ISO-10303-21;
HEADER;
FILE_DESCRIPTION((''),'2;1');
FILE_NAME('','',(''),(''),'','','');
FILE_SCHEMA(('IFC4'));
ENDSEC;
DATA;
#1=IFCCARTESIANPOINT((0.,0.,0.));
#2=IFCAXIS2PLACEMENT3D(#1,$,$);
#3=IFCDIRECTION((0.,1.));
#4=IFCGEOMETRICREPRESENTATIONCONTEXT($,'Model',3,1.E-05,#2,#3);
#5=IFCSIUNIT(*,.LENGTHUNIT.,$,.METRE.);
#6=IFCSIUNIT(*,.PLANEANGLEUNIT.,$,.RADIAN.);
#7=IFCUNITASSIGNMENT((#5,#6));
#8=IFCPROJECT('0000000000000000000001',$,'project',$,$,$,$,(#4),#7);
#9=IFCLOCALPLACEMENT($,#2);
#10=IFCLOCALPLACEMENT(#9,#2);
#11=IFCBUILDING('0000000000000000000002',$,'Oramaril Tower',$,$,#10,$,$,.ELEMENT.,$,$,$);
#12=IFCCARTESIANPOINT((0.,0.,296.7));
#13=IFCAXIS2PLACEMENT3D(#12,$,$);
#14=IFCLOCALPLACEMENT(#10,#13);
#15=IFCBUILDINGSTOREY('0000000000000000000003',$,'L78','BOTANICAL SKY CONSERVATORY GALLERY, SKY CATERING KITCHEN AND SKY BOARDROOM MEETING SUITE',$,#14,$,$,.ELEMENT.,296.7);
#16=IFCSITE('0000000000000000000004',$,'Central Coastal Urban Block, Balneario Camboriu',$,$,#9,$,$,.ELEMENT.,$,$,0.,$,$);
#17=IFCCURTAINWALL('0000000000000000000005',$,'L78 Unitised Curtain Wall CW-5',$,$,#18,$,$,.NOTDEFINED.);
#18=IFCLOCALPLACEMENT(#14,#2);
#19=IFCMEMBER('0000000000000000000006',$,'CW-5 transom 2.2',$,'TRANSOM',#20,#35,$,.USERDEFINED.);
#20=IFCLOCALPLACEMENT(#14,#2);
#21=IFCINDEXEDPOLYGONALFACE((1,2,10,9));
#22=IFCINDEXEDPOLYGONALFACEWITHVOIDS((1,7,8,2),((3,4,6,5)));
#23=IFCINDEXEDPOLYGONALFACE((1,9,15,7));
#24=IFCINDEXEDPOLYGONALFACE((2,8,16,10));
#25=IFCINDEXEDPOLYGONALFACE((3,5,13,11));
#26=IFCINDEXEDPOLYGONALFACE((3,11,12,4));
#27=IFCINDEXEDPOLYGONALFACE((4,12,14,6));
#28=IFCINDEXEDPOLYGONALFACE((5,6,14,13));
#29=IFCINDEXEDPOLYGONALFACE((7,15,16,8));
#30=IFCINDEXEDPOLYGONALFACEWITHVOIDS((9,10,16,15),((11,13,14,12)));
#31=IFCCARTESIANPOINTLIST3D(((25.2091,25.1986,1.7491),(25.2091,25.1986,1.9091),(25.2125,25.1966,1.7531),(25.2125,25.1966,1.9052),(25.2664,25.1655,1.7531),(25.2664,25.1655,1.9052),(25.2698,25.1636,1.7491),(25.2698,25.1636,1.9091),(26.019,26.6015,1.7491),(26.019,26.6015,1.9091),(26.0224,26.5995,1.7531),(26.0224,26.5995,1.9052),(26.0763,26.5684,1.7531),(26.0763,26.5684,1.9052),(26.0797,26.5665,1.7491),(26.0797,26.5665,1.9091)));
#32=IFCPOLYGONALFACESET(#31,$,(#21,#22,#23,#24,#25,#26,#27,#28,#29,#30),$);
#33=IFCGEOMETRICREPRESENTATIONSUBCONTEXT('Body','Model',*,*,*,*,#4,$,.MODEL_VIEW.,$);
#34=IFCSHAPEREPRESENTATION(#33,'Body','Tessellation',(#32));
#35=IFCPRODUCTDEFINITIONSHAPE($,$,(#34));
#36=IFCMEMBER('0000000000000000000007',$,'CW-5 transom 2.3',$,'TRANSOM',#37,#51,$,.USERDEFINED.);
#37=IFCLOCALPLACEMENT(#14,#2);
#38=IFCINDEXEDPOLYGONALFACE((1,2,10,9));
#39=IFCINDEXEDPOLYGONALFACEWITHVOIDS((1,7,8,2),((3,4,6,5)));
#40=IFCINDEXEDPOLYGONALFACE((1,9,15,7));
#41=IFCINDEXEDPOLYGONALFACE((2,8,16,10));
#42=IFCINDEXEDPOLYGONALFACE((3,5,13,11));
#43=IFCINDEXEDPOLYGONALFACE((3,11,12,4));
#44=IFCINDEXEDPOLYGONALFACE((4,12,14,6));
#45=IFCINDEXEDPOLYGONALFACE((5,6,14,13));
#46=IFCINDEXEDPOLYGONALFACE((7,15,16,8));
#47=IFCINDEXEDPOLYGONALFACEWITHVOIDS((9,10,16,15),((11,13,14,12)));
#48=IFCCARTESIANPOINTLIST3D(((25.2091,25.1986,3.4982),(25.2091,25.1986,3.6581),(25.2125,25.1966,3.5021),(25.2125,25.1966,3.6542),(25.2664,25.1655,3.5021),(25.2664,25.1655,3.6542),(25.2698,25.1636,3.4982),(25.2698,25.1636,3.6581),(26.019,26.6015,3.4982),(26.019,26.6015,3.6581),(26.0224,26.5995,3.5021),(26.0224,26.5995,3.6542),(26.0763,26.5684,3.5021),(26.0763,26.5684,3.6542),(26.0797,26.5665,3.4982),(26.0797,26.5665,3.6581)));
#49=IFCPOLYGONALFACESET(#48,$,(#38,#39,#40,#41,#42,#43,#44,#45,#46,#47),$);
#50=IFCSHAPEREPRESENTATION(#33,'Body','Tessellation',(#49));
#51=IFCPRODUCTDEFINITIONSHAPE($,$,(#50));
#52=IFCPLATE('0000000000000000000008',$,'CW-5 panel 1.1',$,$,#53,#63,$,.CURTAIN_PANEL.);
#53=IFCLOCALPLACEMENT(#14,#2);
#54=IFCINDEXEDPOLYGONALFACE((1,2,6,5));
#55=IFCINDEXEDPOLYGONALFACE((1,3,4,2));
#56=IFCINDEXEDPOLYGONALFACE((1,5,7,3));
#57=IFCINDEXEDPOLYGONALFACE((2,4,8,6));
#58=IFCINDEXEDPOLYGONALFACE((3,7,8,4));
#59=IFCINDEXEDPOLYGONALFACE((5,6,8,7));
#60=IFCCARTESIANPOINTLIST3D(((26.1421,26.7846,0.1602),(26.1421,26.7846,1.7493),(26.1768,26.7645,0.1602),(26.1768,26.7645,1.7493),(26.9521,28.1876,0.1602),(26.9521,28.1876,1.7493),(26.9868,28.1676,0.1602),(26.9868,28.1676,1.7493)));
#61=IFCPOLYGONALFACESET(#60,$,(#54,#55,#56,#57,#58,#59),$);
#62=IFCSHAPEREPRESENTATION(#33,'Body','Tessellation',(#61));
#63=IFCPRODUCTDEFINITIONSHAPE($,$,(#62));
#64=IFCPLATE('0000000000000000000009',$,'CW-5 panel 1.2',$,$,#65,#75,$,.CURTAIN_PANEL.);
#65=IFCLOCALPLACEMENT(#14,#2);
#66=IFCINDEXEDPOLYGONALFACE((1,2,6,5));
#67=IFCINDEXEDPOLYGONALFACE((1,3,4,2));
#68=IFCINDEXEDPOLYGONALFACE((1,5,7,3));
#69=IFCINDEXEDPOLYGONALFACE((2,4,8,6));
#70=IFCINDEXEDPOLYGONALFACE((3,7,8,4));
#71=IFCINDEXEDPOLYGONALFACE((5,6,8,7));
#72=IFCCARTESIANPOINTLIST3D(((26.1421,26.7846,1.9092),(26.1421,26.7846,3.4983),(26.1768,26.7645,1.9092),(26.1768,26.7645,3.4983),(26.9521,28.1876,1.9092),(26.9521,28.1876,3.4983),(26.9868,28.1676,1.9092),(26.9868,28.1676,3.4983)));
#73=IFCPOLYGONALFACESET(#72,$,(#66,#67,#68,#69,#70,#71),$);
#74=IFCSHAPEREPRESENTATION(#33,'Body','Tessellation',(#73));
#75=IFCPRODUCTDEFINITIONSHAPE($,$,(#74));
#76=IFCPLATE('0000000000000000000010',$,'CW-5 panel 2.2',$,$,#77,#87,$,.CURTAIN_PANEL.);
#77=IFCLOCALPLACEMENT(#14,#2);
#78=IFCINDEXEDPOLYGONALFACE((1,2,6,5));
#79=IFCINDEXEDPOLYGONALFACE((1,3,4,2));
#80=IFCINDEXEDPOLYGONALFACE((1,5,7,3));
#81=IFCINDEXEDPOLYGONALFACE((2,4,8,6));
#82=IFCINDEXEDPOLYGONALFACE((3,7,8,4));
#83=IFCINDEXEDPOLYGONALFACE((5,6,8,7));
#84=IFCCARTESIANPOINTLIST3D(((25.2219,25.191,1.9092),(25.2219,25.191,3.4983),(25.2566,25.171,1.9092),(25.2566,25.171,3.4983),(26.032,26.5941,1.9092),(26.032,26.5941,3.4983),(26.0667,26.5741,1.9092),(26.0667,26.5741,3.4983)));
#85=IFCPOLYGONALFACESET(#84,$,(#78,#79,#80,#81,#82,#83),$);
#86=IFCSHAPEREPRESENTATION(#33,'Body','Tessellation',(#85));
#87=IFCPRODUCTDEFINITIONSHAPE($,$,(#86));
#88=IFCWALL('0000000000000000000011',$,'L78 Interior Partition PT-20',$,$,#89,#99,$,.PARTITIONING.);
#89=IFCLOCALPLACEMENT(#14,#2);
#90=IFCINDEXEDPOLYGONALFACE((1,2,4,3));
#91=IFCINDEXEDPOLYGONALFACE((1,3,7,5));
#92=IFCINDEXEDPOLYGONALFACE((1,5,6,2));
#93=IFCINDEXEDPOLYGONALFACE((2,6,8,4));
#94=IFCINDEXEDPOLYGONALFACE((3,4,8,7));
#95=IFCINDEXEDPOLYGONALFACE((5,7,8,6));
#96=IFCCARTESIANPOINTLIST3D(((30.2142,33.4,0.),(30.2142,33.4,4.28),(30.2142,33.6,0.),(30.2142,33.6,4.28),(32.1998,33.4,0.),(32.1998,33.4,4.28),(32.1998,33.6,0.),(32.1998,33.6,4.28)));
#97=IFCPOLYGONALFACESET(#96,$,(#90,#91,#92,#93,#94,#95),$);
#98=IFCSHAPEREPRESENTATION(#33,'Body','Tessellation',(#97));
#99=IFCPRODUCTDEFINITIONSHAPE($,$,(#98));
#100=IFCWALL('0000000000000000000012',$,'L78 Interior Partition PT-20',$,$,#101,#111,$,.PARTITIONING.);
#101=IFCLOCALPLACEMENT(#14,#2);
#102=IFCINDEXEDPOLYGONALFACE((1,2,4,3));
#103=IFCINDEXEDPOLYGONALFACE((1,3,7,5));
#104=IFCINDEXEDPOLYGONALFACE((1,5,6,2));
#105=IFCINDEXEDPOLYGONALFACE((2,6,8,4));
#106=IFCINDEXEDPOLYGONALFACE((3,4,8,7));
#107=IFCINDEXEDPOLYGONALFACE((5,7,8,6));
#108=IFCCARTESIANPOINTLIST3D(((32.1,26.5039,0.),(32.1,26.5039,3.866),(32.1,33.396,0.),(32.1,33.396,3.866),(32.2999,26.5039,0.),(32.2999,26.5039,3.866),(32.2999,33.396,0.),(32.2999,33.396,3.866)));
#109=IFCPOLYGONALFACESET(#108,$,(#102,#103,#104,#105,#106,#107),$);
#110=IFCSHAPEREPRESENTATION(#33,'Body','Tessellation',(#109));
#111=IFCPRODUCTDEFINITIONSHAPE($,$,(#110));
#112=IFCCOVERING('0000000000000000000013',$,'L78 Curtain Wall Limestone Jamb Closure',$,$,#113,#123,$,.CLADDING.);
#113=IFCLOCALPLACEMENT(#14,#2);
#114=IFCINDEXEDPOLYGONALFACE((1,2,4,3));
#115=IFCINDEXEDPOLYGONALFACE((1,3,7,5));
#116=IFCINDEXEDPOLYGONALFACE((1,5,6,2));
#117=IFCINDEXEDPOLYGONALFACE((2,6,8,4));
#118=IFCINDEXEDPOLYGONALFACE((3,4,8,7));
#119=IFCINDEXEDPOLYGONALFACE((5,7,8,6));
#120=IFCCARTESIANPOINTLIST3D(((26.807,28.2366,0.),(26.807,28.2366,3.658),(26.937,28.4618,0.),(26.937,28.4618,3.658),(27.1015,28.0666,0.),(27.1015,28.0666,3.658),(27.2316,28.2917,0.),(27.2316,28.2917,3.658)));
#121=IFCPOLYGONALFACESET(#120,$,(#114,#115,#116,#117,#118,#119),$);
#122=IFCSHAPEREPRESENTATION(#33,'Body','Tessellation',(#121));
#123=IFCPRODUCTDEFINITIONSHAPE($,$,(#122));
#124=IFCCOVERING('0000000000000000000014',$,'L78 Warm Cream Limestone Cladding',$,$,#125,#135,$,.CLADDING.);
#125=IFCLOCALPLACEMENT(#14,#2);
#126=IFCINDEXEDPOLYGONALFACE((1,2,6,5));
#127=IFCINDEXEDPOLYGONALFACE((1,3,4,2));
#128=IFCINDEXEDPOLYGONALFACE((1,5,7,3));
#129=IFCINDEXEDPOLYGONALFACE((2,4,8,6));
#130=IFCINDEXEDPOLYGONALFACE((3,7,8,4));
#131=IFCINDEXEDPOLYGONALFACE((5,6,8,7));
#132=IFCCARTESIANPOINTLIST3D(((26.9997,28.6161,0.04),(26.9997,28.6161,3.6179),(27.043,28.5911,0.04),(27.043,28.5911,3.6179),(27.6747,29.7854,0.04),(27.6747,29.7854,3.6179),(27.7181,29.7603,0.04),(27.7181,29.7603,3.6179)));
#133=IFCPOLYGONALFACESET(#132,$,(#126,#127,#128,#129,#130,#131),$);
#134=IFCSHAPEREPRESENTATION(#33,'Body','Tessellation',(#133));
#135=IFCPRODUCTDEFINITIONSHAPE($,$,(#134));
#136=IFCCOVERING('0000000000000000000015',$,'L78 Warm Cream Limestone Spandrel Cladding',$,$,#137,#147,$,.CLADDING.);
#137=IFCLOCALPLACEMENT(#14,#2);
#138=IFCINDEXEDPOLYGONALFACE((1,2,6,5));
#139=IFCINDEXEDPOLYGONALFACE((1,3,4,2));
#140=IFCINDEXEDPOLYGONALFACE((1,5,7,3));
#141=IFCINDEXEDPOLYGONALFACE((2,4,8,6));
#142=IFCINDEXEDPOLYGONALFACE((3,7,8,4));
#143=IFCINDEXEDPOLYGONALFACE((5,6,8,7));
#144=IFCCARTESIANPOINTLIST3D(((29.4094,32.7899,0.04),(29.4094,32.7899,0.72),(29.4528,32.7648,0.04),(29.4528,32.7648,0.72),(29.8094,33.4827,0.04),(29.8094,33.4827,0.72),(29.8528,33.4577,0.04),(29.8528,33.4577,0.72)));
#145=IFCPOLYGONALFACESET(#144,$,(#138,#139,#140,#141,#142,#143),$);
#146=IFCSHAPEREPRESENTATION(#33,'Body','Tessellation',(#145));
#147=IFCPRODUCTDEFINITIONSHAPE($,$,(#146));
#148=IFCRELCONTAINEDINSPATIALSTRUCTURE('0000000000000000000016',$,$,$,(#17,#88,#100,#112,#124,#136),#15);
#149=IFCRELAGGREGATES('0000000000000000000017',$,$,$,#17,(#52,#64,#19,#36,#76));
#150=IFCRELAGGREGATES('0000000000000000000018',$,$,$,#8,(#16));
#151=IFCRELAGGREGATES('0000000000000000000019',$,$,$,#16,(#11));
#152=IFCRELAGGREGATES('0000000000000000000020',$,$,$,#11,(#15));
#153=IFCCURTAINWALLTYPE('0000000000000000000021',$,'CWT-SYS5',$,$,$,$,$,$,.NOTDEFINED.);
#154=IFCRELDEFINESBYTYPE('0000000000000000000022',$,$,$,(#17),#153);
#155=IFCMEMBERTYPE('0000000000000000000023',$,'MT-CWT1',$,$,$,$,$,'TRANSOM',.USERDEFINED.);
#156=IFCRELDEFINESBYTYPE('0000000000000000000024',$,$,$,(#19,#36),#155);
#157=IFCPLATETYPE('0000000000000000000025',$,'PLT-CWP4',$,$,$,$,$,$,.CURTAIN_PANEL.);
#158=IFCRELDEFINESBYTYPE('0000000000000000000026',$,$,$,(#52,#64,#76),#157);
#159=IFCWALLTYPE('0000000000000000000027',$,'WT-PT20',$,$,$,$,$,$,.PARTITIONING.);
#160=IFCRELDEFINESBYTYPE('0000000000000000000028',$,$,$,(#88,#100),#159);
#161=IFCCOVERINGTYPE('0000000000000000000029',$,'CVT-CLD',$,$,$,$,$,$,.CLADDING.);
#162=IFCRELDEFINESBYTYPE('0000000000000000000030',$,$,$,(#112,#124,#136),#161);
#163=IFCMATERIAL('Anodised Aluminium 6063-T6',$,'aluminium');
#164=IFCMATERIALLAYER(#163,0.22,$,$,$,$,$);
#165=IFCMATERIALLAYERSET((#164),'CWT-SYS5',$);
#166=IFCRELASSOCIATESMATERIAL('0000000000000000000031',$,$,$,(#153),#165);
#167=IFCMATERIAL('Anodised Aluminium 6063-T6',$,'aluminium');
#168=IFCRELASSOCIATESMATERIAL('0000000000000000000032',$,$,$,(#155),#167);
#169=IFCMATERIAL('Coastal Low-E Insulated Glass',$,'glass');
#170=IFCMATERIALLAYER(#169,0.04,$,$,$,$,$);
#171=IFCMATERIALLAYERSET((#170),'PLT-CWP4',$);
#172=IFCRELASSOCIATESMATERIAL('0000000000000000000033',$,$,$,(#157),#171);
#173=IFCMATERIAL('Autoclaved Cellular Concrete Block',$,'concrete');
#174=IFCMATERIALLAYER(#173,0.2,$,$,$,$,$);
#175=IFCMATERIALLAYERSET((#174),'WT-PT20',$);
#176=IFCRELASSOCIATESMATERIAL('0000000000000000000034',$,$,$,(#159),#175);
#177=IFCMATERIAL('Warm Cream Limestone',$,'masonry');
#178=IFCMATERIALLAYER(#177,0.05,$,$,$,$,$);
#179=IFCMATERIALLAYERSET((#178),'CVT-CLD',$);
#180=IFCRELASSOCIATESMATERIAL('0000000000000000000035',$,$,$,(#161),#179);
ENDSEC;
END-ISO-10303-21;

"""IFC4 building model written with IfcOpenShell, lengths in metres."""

from ifc_helpers import new_model, si_unit, direction, frame, frame_2d, origin, origin_2d, place, context, subcontext, project, spatial, rectangle, hollow_rectangle, extrude, material, layer, layer_set, material_profile, profile_set, type_object, element, aggregate, save


model = new_model("IFC4")

# Units and contexts
model_context = context("Model", 3, precision=1e-05, world=origin(), true_north=direction((0.0, 1.0)))
body_context = subcontext(model_context, "Body", "Model", "MODEL_VIEW")
ifc_project = project(units=[si_unit("LENGTHUNIT", "METRE"), si_unit("PLANEANGLEUNIT", "RADIAN")], contexts=[model_context])

# Site, building, storey
site_placement = place(None, origin())
site = spatial("IfcSite", under=ifc_project, at=site_placement, Name="Central Coastal Urban Block, Balneario Camboriu", CompositionType="ELEMENT", RefElevation=0.0)
building_placement = place(site_placement, origin())
building = spatial("IfcBuilding", under=site, at=building_placement, Name="Oramaril Tower", CompositionType="ELEMENT")
storey_placement = place(building_placement, frame((0.0, 0.0, 296.7)))
storey = spatial("IfcBuildingStorey", under=building, at=storey_placement, Name="L78", Description="BOTANICAL SKY CONSERVATORY GALLERY, SKY CATERING KITCHEN AND SKY BOARDROOM MEETING SUITE", CompositionType="ELEMENT", Elevation=296.7)

# Curtain wall, members, plates
ifc_material_1 = material(Name="Anodised Aluminium 6063-T6", Category="aluminium")
ifc_layer_1 = layer(ifc_material_1, 0.22)
ifc_layer_set_1 = layer_set([ifc_layer_1], Name="CWT-SYS5")
curtain_wall_type = type_object("IfcCurtainWallType", Name="CWT-SYS5", PredefinedType="NOTDEFINED", material=ifc_layer_set_1)
curtain_wall_placement = place(storey_placement, origin())
curtain_wall = element("IfcCurtainWall", 1, at=curtain_wall_placement, inside=storey, type_object=curtain_wall_type, Name="L78 Unitised Curtain Wall CW-5", PredefinedType="NOTDEFINED")
ifc_material_2 = material(Name="Anodised Aluminium 6063-T6", Category="aluminium")
ifc_material_profile_1 = material_profile(ifc_material_2, hollow_rectangle(XDim=0.0701, YDim=0.1599, WallThickness=0.0039, at=origin_2d()), Name="CWT160X70")
ifc_profile_set_1 = profile_set([ifc_material_profile_1], Name="Anodised Aluminium 6063-T6")
member_type_1 = type_object("IfcMemberType", Name="MT-CWT1", ElementType="TRANSOM", PredefinedType="USERDEFINED", material=ifc_profile_set_1)
member_1_placement = place(storey_placement, frame((26.0493, 26.584, 1.8291), z_axis=(-0.499949, -0.866055, 0.0), x_axis=(0.866055, -0.499949, 0.0)))
member_1 = element("IfcMember", 2, at=member_1_placement, type_object=member_type_1, Name="CW-5 transom 2.2", ObjectType="TRANSOM", PredefinedType="USERDEFINED", context=body_context, shape_type="SweptSolid", body=[
    extrude(hollow_rectangle(XDim=0.0701, YDim=0.1599, WallThickness=0.0039, at=origin_2d()), origin(), (0.0, 0.0, 1.0), 1.6199),
])
member_2_placement = place(storey_placement, frame((26.0493, 26.584, 3.5781), z_axis=(-0.499949, -0.866055, 0.0), x_axis=(0.866055, -0.499949, 0.0)))
member_2 = element("IfcMember", 3, at=member_2_placement, type_object=member_type_1, Name="CW-5 transom 2.3", ObjectType="TRANSOM", PredefinedType="USERDEFINED", context=body_context, shape_type="SweptSolid", body=[
    extrude(hollow_rectangle(XDim=0.0701, YDim=0.1599, WallThickness=0.0039, at=origin_2d()), origin(), (0.0, 0.0, 1.0), 1.6199),
])
ifc_material_3 = material(Name="Coastal Low-E Insulated Glass", Category="glass")
ifc_layer_2 = layer(ifc_material_3, 0.04)
ifc_layer_set_2 = layer_set([ifc_layer_2], Name="PLT-CWP4")
plate_type = type_object("IfcPlateType", Name="PLT-CWP4", PredefinedType="CURTAIN_PANEL", material=ifc_layer_set_2)
plate_1_placement = place(storey_placement, frame((26.5645, 27.4761, 0.1602), z_axis=(0.0, 0.0, 1.0), x_axis=(-0.5, -0.866025, 0.0)))
plate_1 = element("IfcPlate", 4, at=plate_1_placement, type_object=plate_type, Name="CW-5 panel 1.1", PredefinedType="CURTAIN_PANEL", context=body_context, shape_type="SweptSolid", body=[
    extrude(rectangle(XDim=1.6201, YDim=0.04, at=origin_2d()), origin(), (0.0, 0.0, 1.0), 1.5891),
])
plate_2_placement = place(storey_placement, frame((26.5645, 27.4761, 1.9092), z_axis=(0.0, 0.0, 1.0), x_axis=(-0.5, -0.866025, 0.0)))
plate_2 = element("IfcPlate", 5, at=plate_2_placement, type_object=plate_type, Name="CW-5 panel 1.2", PredefinedType="CURTAIN_PANEL", context=body_context, shape_type="SweptSolid", body=[
    extrude(rectangle(XDim=1.6201, YDim=0.04, at=origin_2d()), origin(), (0.0, 0.0, 1.0), 1.5891),
])
plate_3_placement = place(storey_placement, frame((25.6443, 25.8826, 1.9092), z_axis=(0.0, 0.0, 1.0), x_axis=(-0.5, -0.866025, 0.0)))
plate_3 = element("IfcPlate", 6, at=plate_3_placement, type_object=plate_type, Name="CW-5 panel 2.2", PredefinedType="CURTAIN_PANEL", context=body_context, shape_type="SweptSolid", body=[
    extrude(rectangle(XDim=1.6201, YDim=0.04, at=origin_2d()), origin(), (0.0, 0.0, 1.0), 1.5891),
])
aggregate(curtain_wall, [plate_1, plate_2, member_1, member_2, plate_3])

# Shared definitions
ifc_material_4 = material(Name="Autoclaved Cellular Concrete Block", Category="concrete")
ifc_layer_3 = layer(ifc_material_4, 0.2)
ifc_layer_set_3 = layer_set([ifc_layer_3], Name="WT-PT20")
wall_type = type_object("IfcWallType", Name="WT-PT20", PredefinedType="PARTITIONING", material=ifc_layer_set_3)

# Walls
wall_1_placement = place(storey_placement, frame((30.2144, 33.5, 0.0), z_axis=(0.0, 0.0, 1.0), x_axis=(1.0, 0.0, 0.0)))
element("IfcWall", 7, at=wall_1_placement, inside=storey, type_object=wall_type, Name="L78 Interior Partition PT-20", PredefinedType="PARTITIONING", context=body_context, shape_type="SweptSolid", body=[
    extrude(rectangle(XDim=1.9856, YDim=0.2, at=frame_2d((0.9927, 0.0))), origin(), (0.0, 0.0, 1.0), 4.28),
])
wall_2_placement = place(storey_placement, frame((32.2, 26.5039, 0.0), z_axis=(0.0, 0.0, 1.0), x_axis=(0.0, 1.0, 0.0)))
element("IfcWall", 8, at=wall_2_placement, inside=storey, type_object=wall_type, Name="L78 Interior Partition PT-20", PredefinedType="PARTITIONING", context=body_context, shape_type="SweptSolid", body=[
    extrude(rectangle(XDim=6.8921, YDim=0.2, at=frame_2d((3.446, 0.0))), origin(), (0.0, 0.0, 1.0), 3.866),
])

# Coverings
ifc_material_5 = material(Name="Warm Cream Limestone", Category="masonry")
ifc_layer_4 = layer(ifc_material_5, 0.05)
ifc_layer_set_4 = layer_set([ifc_layer_4], Name="CVT-CLD")
covering_type = type_object("IfcCoveringType", Name="CVT-CLD", PredefinedType="CLADDING", material=ifc_layer_set_4)
covering_1_placement = place(storey_placement, frame((27.0193, 28.2642, 0.0), z_axis=(0.0, 0.0, 1.0), x_axis=(-0.5, -0.866025, 0.0)))
element("IfcCovering", 9, at=covering_1_placement, inside=storey, type_object=covering_type, Name="L78 Curtain Wall Limestone Jamb Closure", PredefinedType="CLADDING", context=body_context, shape_type="SweptSolid", body=[
    extrude(rectangle(XDim=0.26, YDim=0.3401, at=origin_2d()), origin(), (0.0, 0.0, 1.0), 3.658),
])
covering_2_placement = place(storey_placement, frame((27.3589, 29.1882, 0.04), z_axis=(0.0, 0.0, 1.0), x_axis=(-0.5, -0.866025, 0.0)))
element("IfcCovering", 10, at=covering_2_placement, inside=storey, type_object=covering_type, Name="L78 Warm Cream Limestone Cladding", PredefinedType="CLADDING", context=body_context, shape_type="SweptSolid", body=[
    extrude(rectangle(XDim=1.3501, YDim=0.05, at=origin_2d()), origin(), (0.0, 0.0, 1.0), 3.5779),
])
covering_3_placement = place(storey_placement, frame((29.6311, 33.1238, 0.04), z_axis=(0.0, 0.0, 1.0), x_axis=(-0.5, -0.866025, 0.0)))
element("IfcCovering", 11, at=covering_3_placement, inside=storey, type_object=covering_type, Name="L78 Warm Cream Limestone Spandrel Cladding", PredefinedType="CLADDING", context=body_context, shape_type="SweptSolid", body=[
    extrude(rectangle(XDim=0.8, YDim=0.05, at=origin_2d()), origin(), (0.0, 0.0, 1.0), 0.6799),
])

save(model, "model.ifc")
